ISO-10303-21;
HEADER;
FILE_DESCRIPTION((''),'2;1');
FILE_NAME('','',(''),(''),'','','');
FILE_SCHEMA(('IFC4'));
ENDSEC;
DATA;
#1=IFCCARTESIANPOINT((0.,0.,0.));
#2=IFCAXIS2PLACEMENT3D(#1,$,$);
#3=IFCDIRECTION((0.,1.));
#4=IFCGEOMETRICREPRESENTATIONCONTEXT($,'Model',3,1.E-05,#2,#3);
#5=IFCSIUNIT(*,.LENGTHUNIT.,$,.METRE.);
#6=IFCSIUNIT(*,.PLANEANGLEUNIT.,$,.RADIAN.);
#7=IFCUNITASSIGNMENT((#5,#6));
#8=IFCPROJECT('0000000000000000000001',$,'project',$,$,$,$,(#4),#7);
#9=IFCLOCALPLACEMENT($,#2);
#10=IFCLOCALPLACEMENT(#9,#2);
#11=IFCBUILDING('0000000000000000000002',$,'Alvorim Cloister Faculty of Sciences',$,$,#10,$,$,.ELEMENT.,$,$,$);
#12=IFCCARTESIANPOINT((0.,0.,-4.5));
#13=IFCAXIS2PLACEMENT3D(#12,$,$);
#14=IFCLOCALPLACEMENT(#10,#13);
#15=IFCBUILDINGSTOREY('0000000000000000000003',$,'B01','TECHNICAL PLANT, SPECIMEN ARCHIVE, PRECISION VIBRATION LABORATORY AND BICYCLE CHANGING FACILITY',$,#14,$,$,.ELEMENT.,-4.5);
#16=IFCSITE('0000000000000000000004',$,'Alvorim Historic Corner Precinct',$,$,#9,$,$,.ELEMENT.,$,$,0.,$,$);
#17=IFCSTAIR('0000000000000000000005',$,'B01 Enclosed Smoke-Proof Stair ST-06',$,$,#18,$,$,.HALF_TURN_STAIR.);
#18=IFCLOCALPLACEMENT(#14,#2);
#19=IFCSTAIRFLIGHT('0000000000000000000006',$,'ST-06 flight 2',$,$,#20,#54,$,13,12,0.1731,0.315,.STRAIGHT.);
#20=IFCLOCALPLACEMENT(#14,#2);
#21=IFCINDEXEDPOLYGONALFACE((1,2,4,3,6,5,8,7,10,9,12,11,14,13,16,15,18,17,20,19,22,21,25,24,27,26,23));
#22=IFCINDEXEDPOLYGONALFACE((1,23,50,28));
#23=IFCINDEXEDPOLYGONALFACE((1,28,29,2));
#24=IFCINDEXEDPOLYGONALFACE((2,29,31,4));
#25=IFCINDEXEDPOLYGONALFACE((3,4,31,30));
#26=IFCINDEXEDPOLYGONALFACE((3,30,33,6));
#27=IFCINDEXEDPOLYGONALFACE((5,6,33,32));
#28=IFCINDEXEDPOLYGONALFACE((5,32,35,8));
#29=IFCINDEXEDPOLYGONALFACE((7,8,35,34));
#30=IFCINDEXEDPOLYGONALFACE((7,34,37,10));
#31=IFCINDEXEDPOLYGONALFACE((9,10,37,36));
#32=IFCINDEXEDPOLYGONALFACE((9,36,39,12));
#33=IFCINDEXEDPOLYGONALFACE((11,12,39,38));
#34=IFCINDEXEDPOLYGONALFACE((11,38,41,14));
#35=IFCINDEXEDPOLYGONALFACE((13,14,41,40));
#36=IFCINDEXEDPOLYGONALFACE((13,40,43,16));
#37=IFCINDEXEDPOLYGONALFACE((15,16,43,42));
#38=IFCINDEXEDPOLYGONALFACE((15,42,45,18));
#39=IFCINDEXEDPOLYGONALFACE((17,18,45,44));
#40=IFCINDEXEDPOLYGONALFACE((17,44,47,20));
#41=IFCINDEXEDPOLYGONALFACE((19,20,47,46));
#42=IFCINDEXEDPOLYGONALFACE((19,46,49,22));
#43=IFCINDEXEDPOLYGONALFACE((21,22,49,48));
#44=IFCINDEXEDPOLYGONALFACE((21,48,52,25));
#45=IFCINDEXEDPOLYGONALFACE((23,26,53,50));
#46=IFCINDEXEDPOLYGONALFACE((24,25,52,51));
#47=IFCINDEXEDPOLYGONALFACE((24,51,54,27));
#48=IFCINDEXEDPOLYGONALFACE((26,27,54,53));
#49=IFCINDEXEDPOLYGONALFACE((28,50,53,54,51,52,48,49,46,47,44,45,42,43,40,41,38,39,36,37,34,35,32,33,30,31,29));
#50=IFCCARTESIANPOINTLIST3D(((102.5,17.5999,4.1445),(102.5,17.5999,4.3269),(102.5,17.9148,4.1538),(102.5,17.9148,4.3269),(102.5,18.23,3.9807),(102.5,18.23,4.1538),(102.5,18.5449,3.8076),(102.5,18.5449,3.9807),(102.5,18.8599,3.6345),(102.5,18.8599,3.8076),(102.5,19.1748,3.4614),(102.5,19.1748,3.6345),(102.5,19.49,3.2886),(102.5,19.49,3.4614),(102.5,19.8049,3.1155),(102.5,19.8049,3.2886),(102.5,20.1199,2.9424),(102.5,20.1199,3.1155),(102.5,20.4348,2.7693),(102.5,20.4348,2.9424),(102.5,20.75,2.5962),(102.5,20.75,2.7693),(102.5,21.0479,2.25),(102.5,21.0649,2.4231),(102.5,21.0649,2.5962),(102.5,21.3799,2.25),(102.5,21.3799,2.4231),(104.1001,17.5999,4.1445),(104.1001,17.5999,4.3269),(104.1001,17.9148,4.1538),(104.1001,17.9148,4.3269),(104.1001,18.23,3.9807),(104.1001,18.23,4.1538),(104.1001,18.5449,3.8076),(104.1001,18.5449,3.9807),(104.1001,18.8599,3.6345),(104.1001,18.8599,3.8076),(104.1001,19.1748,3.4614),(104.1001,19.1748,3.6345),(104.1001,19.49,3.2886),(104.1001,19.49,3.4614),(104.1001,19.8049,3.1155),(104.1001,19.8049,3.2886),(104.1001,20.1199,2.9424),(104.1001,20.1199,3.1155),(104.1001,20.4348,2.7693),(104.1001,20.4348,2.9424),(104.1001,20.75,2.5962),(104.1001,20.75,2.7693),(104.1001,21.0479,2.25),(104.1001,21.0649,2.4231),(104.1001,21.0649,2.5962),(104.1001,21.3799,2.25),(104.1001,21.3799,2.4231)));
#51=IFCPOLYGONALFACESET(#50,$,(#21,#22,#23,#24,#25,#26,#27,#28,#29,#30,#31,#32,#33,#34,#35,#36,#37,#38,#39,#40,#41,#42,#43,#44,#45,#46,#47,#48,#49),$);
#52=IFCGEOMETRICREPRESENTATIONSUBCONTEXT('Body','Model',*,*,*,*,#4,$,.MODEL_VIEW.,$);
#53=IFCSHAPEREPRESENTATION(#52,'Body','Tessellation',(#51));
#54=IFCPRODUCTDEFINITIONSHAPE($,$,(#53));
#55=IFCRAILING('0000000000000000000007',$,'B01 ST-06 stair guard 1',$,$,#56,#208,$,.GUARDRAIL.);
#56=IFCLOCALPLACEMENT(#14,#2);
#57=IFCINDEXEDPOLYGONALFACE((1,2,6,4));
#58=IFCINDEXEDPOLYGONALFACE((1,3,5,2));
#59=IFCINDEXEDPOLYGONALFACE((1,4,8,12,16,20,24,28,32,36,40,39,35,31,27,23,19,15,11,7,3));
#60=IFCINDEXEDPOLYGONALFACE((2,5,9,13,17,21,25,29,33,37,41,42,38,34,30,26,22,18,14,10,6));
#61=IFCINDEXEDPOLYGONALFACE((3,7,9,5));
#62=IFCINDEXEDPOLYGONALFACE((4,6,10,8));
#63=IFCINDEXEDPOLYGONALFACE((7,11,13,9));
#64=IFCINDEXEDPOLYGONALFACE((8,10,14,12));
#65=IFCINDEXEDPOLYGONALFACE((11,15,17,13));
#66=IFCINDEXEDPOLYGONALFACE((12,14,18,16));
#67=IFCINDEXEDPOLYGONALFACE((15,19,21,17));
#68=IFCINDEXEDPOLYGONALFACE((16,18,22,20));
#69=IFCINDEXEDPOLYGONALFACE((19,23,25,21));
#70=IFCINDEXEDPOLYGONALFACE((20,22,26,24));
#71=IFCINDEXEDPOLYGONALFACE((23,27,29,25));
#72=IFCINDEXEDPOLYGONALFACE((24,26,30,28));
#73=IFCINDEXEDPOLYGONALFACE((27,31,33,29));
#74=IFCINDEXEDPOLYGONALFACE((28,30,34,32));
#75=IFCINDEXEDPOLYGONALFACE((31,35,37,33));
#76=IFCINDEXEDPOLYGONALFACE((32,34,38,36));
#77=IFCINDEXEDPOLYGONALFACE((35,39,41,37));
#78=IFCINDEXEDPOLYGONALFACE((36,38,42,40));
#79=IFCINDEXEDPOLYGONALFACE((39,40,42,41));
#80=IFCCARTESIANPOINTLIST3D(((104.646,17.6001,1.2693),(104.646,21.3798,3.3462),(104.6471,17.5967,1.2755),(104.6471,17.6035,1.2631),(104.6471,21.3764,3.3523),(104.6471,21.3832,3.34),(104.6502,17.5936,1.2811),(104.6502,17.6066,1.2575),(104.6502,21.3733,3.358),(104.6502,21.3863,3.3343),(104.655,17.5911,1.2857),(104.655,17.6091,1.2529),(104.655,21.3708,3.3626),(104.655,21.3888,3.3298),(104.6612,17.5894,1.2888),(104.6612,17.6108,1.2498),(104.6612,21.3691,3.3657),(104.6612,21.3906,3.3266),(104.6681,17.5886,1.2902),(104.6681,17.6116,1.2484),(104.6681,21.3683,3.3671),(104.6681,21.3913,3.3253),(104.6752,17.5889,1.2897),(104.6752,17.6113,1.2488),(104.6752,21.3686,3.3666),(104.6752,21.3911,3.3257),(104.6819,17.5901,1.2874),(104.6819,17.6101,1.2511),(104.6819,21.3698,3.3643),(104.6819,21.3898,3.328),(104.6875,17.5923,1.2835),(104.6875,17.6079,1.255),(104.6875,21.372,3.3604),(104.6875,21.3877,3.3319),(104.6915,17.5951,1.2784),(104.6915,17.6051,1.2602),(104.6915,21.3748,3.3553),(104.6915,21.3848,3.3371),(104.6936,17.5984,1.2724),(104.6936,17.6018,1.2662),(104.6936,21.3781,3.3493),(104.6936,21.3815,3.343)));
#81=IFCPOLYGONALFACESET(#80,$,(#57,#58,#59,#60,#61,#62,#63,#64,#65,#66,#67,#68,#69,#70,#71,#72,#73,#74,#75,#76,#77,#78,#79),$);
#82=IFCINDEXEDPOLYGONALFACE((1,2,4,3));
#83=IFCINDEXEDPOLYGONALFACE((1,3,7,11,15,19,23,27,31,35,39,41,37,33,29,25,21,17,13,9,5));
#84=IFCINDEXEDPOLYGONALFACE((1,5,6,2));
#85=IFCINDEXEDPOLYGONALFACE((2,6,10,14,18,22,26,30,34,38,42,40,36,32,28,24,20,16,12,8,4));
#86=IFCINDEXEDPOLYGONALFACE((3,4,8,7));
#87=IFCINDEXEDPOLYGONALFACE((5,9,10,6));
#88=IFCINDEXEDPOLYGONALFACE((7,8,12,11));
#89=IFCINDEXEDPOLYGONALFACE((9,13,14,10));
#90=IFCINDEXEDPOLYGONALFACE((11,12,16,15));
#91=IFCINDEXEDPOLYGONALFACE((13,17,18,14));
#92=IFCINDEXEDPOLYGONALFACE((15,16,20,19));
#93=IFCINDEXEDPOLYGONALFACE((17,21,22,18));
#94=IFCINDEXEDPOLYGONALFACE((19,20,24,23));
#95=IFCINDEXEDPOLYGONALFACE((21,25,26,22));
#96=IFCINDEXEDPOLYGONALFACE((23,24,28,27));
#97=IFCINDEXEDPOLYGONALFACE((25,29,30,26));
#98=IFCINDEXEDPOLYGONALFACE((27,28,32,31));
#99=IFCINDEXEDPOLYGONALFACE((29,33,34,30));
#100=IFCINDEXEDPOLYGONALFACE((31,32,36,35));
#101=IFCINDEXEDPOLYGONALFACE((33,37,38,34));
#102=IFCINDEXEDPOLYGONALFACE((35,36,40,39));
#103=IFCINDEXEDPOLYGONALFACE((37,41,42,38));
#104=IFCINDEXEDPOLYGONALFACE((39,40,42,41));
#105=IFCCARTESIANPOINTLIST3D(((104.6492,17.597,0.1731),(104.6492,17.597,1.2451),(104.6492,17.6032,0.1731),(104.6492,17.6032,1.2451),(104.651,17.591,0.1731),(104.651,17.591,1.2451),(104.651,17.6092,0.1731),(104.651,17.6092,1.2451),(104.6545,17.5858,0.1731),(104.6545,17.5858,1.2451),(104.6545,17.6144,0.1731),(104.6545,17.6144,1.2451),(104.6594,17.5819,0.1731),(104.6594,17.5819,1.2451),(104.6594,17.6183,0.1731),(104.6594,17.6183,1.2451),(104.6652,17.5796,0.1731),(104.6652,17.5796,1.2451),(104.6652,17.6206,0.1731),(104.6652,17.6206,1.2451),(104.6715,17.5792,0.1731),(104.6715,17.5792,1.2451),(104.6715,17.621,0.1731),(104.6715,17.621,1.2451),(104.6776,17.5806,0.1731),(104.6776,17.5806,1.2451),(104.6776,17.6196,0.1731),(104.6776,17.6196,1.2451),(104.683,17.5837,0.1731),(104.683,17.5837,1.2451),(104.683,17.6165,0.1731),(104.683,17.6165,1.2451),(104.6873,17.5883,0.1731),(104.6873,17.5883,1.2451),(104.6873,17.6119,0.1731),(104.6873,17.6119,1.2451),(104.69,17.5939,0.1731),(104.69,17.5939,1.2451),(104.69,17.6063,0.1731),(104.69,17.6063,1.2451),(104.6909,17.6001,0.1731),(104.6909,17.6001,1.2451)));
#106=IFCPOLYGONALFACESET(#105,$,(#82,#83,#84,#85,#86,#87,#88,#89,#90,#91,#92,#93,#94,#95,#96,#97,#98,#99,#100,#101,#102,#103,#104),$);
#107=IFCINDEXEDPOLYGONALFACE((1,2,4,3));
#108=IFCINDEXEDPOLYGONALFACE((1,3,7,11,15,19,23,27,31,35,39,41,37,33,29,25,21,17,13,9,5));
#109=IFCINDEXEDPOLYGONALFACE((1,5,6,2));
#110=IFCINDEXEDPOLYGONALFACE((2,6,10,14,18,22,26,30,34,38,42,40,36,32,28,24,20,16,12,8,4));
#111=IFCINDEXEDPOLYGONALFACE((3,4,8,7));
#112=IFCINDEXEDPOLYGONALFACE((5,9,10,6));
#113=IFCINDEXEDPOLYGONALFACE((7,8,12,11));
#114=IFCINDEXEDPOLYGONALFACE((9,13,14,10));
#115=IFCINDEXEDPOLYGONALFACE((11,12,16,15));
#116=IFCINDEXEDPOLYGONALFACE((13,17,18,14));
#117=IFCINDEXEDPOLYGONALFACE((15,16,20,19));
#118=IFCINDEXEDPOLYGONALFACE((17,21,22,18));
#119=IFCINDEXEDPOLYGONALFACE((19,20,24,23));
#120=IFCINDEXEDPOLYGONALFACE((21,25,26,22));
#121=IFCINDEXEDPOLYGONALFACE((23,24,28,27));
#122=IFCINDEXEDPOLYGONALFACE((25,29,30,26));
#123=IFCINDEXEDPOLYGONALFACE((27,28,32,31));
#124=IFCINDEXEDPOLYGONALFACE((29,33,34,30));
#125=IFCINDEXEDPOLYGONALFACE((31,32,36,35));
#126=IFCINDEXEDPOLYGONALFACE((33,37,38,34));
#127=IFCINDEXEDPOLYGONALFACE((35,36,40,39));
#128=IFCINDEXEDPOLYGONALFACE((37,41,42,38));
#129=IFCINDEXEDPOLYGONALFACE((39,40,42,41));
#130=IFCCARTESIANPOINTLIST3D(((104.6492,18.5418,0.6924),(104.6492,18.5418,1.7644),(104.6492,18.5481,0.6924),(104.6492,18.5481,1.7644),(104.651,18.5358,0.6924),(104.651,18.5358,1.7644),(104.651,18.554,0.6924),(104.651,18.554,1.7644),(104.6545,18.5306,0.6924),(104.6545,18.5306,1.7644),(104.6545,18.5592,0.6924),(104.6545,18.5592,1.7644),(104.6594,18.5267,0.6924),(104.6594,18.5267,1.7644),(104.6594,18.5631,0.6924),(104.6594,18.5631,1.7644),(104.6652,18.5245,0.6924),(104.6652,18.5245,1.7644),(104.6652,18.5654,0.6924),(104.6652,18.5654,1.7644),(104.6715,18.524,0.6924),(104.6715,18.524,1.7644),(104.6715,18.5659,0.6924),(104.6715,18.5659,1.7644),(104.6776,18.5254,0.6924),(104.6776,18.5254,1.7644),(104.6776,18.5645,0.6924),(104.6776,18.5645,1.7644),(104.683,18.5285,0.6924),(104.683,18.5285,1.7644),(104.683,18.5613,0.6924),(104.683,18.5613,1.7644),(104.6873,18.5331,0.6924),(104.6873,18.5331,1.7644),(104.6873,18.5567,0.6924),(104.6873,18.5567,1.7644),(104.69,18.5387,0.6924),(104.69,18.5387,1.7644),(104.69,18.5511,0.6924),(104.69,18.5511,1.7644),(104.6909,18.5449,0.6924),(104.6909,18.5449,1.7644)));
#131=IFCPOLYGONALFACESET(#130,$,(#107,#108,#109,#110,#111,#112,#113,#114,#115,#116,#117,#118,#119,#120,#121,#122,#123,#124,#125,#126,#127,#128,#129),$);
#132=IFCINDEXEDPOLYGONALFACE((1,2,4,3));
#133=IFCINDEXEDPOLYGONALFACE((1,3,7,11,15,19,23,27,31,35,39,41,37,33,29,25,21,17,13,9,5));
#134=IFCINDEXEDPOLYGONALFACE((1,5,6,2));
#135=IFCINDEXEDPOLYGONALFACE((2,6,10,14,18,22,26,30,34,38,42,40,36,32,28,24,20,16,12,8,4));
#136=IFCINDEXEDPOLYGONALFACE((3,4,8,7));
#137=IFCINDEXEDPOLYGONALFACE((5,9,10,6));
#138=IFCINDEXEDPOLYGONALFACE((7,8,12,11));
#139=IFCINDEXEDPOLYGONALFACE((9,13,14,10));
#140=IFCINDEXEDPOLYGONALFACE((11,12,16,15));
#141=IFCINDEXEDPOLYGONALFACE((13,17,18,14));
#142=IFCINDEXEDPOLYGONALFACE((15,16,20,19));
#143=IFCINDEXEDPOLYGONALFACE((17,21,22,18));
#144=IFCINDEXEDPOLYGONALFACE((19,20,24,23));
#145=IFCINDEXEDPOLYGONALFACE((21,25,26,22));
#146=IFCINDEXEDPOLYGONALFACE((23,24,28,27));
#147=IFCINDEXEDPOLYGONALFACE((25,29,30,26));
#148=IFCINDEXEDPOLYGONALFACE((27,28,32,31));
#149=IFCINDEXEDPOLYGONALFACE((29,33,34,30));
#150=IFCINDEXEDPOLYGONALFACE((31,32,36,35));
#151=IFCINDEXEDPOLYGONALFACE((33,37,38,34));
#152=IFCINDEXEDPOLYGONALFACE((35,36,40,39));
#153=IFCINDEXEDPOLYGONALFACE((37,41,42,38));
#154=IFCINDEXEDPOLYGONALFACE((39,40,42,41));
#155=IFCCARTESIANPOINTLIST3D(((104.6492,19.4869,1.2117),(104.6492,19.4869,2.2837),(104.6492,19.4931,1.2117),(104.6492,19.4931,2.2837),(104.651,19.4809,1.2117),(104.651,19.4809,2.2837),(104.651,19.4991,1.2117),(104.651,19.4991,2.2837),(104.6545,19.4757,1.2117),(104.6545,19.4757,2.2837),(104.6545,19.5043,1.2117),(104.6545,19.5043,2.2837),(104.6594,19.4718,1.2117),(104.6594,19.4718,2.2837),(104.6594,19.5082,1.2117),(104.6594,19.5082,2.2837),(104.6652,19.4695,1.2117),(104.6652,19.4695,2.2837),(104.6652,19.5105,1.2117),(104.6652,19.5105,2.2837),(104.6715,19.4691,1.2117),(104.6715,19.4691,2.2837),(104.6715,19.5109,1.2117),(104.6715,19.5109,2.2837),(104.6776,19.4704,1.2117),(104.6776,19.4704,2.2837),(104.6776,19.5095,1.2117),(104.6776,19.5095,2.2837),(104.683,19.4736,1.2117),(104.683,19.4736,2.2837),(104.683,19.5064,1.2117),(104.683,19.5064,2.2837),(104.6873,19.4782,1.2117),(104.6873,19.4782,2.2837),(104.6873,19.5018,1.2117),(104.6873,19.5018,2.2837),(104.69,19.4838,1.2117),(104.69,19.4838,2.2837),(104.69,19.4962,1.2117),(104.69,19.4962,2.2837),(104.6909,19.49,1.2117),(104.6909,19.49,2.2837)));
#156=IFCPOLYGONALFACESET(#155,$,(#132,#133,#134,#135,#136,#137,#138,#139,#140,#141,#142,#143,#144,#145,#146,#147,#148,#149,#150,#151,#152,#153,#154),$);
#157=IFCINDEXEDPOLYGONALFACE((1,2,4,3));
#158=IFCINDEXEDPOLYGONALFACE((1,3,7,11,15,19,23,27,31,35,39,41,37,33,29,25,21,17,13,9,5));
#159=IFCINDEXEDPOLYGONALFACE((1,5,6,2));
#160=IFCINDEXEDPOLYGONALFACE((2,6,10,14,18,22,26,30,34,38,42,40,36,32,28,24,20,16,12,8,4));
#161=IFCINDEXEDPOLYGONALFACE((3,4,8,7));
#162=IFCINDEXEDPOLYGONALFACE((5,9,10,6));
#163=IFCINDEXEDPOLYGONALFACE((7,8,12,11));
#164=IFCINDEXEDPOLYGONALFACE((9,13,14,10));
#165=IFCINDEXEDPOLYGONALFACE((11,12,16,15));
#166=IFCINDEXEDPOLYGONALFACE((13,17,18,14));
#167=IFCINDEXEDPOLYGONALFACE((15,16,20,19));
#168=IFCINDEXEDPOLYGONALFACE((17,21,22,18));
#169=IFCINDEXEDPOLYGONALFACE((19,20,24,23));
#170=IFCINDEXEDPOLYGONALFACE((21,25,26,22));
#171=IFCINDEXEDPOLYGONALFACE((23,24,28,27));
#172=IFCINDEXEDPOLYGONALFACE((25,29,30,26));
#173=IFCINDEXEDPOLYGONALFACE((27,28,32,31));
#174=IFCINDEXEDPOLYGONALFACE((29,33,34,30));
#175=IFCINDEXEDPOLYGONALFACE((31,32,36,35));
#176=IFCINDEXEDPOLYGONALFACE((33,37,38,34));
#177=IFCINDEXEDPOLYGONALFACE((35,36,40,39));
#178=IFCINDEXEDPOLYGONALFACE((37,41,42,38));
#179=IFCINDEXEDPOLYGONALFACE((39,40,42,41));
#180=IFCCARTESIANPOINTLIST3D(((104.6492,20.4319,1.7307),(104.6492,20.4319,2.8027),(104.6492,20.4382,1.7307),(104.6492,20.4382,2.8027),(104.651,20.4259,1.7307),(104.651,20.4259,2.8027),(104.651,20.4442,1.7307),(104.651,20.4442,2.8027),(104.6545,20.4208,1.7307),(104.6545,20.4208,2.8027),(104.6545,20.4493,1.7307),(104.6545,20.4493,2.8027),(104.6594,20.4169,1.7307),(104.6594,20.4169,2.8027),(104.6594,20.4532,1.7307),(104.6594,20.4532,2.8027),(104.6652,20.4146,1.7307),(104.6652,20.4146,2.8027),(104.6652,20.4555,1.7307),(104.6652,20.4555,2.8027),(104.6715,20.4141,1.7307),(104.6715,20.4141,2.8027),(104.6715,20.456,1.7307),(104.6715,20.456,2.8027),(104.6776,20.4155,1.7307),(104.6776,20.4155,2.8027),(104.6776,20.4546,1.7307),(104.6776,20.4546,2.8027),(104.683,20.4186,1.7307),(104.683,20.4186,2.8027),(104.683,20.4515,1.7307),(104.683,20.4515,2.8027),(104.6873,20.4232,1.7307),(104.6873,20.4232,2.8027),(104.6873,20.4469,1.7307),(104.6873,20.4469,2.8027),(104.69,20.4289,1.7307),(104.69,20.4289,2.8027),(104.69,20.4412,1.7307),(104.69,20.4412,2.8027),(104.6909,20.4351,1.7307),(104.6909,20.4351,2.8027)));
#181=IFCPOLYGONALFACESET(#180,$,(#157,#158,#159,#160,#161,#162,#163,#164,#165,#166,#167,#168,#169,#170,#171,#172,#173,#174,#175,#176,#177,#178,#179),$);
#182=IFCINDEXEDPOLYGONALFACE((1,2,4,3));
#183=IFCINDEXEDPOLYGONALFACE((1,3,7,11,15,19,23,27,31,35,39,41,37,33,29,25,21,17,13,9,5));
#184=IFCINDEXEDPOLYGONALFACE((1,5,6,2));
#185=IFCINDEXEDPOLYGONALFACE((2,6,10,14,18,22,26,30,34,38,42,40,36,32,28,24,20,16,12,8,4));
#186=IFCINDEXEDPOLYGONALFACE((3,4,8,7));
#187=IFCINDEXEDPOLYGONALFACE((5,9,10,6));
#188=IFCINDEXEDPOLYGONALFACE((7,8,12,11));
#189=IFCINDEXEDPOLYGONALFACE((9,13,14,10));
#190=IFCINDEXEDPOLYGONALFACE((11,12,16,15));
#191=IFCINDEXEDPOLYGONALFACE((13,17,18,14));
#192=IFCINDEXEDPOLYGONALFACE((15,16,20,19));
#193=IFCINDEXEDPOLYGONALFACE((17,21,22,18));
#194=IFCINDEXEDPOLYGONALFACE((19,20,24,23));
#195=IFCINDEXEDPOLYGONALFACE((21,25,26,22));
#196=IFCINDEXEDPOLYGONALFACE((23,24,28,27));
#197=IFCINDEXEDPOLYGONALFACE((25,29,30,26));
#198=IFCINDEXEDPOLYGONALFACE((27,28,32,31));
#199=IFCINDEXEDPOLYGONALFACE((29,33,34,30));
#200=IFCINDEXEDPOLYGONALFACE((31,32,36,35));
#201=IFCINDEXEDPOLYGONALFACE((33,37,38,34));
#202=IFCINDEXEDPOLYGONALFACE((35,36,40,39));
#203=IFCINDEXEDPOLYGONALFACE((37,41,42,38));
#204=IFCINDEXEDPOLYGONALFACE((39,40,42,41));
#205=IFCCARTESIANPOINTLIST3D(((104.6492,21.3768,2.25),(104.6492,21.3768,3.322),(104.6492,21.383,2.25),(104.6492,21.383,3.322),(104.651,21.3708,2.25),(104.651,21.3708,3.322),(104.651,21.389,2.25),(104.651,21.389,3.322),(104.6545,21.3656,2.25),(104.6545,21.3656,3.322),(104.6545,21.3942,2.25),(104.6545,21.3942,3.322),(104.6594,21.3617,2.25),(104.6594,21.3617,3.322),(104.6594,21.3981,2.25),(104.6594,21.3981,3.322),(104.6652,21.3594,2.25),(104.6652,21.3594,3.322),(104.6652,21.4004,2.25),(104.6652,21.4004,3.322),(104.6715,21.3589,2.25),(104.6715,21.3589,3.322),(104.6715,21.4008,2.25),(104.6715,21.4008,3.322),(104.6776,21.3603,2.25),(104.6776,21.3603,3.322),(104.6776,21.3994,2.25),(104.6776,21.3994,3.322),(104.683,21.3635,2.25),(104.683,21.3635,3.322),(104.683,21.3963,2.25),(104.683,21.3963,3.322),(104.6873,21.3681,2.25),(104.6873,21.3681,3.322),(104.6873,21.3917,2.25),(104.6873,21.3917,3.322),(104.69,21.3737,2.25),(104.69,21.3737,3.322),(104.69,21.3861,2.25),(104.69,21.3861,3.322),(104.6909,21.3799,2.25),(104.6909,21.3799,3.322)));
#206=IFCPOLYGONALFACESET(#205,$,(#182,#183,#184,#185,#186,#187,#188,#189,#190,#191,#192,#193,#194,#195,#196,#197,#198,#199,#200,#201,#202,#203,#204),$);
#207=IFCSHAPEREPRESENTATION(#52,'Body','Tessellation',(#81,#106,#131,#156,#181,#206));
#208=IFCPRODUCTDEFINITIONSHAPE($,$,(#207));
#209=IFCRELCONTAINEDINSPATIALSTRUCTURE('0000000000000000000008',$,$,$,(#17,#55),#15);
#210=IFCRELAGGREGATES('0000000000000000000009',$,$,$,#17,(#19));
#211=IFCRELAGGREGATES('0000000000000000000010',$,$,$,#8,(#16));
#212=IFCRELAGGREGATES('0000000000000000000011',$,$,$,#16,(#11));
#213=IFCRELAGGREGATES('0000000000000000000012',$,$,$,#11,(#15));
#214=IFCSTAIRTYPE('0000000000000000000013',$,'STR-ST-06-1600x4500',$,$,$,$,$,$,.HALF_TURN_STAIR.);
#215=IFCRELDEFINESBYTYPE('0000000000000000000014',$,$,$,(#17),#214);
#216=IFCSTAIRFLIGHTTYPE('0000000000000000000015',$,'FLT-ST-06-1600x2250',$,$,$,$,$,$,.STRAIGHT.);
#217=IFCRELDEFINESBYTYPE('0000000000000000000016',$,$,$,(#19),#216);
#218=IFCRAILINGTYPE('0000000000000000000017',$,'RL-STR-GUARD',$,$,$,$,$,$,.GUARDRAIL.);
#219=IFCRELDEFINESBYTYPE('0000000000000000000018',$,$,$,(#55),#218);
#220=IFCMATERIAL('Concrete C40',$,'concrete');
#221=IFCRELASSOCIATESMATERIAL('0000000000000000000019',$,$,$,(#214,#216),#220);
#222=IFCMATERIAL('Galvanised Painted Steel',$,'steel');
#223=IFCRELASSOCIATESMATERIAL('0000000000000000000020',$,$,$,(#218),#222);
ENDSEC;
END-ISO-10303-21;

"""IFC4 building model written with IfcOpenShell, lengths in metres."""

from ifc_helpers import new_model, si_unit, direction, frame, origin, origin_2d, place, context, subcontext, project, spatial, polyline, circle, outline, extrude, material, type_object, element, aggregate, save


model = new_model("IFC4")

# Units and contexts
model_context = context("Model", 3, precision=1e-05, world=origin(), true_north=direction((0.0, 1.0)))
body_context = subcontext(model_context, "Body", "Model", "MODEL_VIEW")
ifc_project = project(units=[si_unit("LENGTHUNIT", "METRE"), si_unit("PLANEANGLEUNIT", "RADIAN")], contexts=[model_context])

# Site, building, storey
site_placement = place(None, origin())
site = spatial("IfcSite", under=ifc_project, at=site_placement, Name="Alvorim Historic Corner Precinct", CompositionType="ELEMENT", RefElevation=0.0)
building_placement = place(site_placement, origin())
building = spatial("IfcBuilding", under=site, at=building_placement, Name="Alvorim Cloister Faculty of Sciences", CompositionType="ELEMENT")
storey_placement = place(building_placement, frame((0.0, 0.0, -4.5)))
storey = spatial("IfcBuildingStorey", under=building, at=storey_placement, Name="B01", Description="TECHNICAL PLANT, SPECIMEN ARCHIVE, PRECISION VIBRATION LABORATORY AND BICYCLE CHANGING FACILITY", CompositionType="ELEMENT", Elevation=-4.5)

# Shared definitions
ifc_material_1 = material(Name="Concrete C40", Category="concrete")

# Stair, stair flight
stair_type = type_object("IfcStairType", Name="STR-ST-06-1600x4500", PredefinedType="HALF_TURN_STAIR", material=ifc_material_1)
stair_placement = place(storey_placement, origin())
stair = element("IfcStair", 1, at=stair_placement, inside=storey, type_object=stair_type, Name="B01 Enclosed Smoke-Proof Stair ST-06", PredefinedType="HALF_TURN_STAIR")
stair_flight_type = type_object("IfcStairFlightType", Name="FLT-ST-06-1600x2250", PredefinedType="STRAIGHT", material=ifc_material_1)
stair_flight_placement = place(storey_placement, frame((103.3, 21.3799, 2.25), z_axis=(0.0, 0.0, 1.0), x_axis=(0.0, -1.0, 0.0)))
stair_flight = element("IfcStairFlight", 2, at=stair_flight_placement, type_object=stair_flight_type, Name="ST-06 flight 2", NumberOfRisers=13, NumberOfTreads=12, PredefinedType="STRAIGHT", RiserHeight=0.1731, TreadLength=0.315, context=body_context, shape_type="SweptSolid", body=[
    extrude(outline(polyline([(0.332, 0.0), (3.78, 1.8945), (3.78, 2.25), (3.78, 2.0769), (3.4651, 2.0769), (3.4651, 1.9038), (3.1499, 1.9038), (3.1499, 1.7307), (2.835, 1.7307), (2.835, 1.5576), (2.52, 1.5576), (2.52, 1.3845), (2.2051, 1.3845), (2.2051, 1.2114), (1.8899, 1.2114), (1.8899, 1.0386), (1.575, 1.0386), (1.575, 0.8655), (1.26, 0.8655), (1.26, 0.6924), (0.9451, 0.6924), (0.9451, 0.5193), (0.6299, 0.5193), (0.6299, 0.3462), (0.3149, 0.3462), (0.3149, 0.1731), (0.0, 0.1731), (0.0, 0.0), (0.332, 0.0)])), frame((0.0, 0.8, 0.0), z_axis=(0.0, -1.0, 0.0), x_axis=(1.0, 0.0, 0.0)), (0.0, 0.0, 1.0), 1.6001),
])
aggregate(stair, [stair_flight])

# Railing
ifc_material_2 = material(Name="Galvanised Painted Steel", Category="steel")
railing_type_1 = type_object("IfcRailingType", Name="RL-STR-GUARD", PredefinedType="GUARDRAIL", material=ifc_material_2)
railing_1_placement = place(storey_placement, frame((104.6699, 17.6001, 0.1731)))
element("IfcRailing", 3, at=railing_1_placement, inside=storey, type_object=railing_type_1, Name="B01 ST-06 stair guard 1", PredefinedType="GUARDRAIL", context=body_context, shape_type="SweptSolid", body=[
    extrude(circle(Radius=0.0239, at=origin_2d()), frame((0.0, 0.0, 1.0962), z_axis=(0.0, 0.876409, 0.481567), x_axis=(-1.0, 0.0, 0.0)), (0.0, 0.0, 1.0), 4.3127),
    extrude(circle(Radius=0.021, at=origin_2d()), origin(), (0.0, 0.0, 1.0), 1.072),
    extrude(circle(Radius=0.021, at=origin_2d()), frame((0.0, 0.9448, 0.5193)), (0.0, 0.0, 1.0), 1.072),
    extrude(circle(Radius=0.021, at=origin_2d()), frame((0.0, 1.8899, 1.0386)), (0.0, 0.0, 1.0), 1.072),
    extrude(circle(Radius=0.021, at=origin_2d()), frame((0.0, 2.835, 1.5576)), (0.0, 0.0, 1.0), 1.072),
    extrude(circle(Radius=0.021, at=origin_2d()), frame((0.0, 3.7798, 2.0769)), (0.0, 0.0, 1.0), 1.072),
])

save(model, "model.ifc")
